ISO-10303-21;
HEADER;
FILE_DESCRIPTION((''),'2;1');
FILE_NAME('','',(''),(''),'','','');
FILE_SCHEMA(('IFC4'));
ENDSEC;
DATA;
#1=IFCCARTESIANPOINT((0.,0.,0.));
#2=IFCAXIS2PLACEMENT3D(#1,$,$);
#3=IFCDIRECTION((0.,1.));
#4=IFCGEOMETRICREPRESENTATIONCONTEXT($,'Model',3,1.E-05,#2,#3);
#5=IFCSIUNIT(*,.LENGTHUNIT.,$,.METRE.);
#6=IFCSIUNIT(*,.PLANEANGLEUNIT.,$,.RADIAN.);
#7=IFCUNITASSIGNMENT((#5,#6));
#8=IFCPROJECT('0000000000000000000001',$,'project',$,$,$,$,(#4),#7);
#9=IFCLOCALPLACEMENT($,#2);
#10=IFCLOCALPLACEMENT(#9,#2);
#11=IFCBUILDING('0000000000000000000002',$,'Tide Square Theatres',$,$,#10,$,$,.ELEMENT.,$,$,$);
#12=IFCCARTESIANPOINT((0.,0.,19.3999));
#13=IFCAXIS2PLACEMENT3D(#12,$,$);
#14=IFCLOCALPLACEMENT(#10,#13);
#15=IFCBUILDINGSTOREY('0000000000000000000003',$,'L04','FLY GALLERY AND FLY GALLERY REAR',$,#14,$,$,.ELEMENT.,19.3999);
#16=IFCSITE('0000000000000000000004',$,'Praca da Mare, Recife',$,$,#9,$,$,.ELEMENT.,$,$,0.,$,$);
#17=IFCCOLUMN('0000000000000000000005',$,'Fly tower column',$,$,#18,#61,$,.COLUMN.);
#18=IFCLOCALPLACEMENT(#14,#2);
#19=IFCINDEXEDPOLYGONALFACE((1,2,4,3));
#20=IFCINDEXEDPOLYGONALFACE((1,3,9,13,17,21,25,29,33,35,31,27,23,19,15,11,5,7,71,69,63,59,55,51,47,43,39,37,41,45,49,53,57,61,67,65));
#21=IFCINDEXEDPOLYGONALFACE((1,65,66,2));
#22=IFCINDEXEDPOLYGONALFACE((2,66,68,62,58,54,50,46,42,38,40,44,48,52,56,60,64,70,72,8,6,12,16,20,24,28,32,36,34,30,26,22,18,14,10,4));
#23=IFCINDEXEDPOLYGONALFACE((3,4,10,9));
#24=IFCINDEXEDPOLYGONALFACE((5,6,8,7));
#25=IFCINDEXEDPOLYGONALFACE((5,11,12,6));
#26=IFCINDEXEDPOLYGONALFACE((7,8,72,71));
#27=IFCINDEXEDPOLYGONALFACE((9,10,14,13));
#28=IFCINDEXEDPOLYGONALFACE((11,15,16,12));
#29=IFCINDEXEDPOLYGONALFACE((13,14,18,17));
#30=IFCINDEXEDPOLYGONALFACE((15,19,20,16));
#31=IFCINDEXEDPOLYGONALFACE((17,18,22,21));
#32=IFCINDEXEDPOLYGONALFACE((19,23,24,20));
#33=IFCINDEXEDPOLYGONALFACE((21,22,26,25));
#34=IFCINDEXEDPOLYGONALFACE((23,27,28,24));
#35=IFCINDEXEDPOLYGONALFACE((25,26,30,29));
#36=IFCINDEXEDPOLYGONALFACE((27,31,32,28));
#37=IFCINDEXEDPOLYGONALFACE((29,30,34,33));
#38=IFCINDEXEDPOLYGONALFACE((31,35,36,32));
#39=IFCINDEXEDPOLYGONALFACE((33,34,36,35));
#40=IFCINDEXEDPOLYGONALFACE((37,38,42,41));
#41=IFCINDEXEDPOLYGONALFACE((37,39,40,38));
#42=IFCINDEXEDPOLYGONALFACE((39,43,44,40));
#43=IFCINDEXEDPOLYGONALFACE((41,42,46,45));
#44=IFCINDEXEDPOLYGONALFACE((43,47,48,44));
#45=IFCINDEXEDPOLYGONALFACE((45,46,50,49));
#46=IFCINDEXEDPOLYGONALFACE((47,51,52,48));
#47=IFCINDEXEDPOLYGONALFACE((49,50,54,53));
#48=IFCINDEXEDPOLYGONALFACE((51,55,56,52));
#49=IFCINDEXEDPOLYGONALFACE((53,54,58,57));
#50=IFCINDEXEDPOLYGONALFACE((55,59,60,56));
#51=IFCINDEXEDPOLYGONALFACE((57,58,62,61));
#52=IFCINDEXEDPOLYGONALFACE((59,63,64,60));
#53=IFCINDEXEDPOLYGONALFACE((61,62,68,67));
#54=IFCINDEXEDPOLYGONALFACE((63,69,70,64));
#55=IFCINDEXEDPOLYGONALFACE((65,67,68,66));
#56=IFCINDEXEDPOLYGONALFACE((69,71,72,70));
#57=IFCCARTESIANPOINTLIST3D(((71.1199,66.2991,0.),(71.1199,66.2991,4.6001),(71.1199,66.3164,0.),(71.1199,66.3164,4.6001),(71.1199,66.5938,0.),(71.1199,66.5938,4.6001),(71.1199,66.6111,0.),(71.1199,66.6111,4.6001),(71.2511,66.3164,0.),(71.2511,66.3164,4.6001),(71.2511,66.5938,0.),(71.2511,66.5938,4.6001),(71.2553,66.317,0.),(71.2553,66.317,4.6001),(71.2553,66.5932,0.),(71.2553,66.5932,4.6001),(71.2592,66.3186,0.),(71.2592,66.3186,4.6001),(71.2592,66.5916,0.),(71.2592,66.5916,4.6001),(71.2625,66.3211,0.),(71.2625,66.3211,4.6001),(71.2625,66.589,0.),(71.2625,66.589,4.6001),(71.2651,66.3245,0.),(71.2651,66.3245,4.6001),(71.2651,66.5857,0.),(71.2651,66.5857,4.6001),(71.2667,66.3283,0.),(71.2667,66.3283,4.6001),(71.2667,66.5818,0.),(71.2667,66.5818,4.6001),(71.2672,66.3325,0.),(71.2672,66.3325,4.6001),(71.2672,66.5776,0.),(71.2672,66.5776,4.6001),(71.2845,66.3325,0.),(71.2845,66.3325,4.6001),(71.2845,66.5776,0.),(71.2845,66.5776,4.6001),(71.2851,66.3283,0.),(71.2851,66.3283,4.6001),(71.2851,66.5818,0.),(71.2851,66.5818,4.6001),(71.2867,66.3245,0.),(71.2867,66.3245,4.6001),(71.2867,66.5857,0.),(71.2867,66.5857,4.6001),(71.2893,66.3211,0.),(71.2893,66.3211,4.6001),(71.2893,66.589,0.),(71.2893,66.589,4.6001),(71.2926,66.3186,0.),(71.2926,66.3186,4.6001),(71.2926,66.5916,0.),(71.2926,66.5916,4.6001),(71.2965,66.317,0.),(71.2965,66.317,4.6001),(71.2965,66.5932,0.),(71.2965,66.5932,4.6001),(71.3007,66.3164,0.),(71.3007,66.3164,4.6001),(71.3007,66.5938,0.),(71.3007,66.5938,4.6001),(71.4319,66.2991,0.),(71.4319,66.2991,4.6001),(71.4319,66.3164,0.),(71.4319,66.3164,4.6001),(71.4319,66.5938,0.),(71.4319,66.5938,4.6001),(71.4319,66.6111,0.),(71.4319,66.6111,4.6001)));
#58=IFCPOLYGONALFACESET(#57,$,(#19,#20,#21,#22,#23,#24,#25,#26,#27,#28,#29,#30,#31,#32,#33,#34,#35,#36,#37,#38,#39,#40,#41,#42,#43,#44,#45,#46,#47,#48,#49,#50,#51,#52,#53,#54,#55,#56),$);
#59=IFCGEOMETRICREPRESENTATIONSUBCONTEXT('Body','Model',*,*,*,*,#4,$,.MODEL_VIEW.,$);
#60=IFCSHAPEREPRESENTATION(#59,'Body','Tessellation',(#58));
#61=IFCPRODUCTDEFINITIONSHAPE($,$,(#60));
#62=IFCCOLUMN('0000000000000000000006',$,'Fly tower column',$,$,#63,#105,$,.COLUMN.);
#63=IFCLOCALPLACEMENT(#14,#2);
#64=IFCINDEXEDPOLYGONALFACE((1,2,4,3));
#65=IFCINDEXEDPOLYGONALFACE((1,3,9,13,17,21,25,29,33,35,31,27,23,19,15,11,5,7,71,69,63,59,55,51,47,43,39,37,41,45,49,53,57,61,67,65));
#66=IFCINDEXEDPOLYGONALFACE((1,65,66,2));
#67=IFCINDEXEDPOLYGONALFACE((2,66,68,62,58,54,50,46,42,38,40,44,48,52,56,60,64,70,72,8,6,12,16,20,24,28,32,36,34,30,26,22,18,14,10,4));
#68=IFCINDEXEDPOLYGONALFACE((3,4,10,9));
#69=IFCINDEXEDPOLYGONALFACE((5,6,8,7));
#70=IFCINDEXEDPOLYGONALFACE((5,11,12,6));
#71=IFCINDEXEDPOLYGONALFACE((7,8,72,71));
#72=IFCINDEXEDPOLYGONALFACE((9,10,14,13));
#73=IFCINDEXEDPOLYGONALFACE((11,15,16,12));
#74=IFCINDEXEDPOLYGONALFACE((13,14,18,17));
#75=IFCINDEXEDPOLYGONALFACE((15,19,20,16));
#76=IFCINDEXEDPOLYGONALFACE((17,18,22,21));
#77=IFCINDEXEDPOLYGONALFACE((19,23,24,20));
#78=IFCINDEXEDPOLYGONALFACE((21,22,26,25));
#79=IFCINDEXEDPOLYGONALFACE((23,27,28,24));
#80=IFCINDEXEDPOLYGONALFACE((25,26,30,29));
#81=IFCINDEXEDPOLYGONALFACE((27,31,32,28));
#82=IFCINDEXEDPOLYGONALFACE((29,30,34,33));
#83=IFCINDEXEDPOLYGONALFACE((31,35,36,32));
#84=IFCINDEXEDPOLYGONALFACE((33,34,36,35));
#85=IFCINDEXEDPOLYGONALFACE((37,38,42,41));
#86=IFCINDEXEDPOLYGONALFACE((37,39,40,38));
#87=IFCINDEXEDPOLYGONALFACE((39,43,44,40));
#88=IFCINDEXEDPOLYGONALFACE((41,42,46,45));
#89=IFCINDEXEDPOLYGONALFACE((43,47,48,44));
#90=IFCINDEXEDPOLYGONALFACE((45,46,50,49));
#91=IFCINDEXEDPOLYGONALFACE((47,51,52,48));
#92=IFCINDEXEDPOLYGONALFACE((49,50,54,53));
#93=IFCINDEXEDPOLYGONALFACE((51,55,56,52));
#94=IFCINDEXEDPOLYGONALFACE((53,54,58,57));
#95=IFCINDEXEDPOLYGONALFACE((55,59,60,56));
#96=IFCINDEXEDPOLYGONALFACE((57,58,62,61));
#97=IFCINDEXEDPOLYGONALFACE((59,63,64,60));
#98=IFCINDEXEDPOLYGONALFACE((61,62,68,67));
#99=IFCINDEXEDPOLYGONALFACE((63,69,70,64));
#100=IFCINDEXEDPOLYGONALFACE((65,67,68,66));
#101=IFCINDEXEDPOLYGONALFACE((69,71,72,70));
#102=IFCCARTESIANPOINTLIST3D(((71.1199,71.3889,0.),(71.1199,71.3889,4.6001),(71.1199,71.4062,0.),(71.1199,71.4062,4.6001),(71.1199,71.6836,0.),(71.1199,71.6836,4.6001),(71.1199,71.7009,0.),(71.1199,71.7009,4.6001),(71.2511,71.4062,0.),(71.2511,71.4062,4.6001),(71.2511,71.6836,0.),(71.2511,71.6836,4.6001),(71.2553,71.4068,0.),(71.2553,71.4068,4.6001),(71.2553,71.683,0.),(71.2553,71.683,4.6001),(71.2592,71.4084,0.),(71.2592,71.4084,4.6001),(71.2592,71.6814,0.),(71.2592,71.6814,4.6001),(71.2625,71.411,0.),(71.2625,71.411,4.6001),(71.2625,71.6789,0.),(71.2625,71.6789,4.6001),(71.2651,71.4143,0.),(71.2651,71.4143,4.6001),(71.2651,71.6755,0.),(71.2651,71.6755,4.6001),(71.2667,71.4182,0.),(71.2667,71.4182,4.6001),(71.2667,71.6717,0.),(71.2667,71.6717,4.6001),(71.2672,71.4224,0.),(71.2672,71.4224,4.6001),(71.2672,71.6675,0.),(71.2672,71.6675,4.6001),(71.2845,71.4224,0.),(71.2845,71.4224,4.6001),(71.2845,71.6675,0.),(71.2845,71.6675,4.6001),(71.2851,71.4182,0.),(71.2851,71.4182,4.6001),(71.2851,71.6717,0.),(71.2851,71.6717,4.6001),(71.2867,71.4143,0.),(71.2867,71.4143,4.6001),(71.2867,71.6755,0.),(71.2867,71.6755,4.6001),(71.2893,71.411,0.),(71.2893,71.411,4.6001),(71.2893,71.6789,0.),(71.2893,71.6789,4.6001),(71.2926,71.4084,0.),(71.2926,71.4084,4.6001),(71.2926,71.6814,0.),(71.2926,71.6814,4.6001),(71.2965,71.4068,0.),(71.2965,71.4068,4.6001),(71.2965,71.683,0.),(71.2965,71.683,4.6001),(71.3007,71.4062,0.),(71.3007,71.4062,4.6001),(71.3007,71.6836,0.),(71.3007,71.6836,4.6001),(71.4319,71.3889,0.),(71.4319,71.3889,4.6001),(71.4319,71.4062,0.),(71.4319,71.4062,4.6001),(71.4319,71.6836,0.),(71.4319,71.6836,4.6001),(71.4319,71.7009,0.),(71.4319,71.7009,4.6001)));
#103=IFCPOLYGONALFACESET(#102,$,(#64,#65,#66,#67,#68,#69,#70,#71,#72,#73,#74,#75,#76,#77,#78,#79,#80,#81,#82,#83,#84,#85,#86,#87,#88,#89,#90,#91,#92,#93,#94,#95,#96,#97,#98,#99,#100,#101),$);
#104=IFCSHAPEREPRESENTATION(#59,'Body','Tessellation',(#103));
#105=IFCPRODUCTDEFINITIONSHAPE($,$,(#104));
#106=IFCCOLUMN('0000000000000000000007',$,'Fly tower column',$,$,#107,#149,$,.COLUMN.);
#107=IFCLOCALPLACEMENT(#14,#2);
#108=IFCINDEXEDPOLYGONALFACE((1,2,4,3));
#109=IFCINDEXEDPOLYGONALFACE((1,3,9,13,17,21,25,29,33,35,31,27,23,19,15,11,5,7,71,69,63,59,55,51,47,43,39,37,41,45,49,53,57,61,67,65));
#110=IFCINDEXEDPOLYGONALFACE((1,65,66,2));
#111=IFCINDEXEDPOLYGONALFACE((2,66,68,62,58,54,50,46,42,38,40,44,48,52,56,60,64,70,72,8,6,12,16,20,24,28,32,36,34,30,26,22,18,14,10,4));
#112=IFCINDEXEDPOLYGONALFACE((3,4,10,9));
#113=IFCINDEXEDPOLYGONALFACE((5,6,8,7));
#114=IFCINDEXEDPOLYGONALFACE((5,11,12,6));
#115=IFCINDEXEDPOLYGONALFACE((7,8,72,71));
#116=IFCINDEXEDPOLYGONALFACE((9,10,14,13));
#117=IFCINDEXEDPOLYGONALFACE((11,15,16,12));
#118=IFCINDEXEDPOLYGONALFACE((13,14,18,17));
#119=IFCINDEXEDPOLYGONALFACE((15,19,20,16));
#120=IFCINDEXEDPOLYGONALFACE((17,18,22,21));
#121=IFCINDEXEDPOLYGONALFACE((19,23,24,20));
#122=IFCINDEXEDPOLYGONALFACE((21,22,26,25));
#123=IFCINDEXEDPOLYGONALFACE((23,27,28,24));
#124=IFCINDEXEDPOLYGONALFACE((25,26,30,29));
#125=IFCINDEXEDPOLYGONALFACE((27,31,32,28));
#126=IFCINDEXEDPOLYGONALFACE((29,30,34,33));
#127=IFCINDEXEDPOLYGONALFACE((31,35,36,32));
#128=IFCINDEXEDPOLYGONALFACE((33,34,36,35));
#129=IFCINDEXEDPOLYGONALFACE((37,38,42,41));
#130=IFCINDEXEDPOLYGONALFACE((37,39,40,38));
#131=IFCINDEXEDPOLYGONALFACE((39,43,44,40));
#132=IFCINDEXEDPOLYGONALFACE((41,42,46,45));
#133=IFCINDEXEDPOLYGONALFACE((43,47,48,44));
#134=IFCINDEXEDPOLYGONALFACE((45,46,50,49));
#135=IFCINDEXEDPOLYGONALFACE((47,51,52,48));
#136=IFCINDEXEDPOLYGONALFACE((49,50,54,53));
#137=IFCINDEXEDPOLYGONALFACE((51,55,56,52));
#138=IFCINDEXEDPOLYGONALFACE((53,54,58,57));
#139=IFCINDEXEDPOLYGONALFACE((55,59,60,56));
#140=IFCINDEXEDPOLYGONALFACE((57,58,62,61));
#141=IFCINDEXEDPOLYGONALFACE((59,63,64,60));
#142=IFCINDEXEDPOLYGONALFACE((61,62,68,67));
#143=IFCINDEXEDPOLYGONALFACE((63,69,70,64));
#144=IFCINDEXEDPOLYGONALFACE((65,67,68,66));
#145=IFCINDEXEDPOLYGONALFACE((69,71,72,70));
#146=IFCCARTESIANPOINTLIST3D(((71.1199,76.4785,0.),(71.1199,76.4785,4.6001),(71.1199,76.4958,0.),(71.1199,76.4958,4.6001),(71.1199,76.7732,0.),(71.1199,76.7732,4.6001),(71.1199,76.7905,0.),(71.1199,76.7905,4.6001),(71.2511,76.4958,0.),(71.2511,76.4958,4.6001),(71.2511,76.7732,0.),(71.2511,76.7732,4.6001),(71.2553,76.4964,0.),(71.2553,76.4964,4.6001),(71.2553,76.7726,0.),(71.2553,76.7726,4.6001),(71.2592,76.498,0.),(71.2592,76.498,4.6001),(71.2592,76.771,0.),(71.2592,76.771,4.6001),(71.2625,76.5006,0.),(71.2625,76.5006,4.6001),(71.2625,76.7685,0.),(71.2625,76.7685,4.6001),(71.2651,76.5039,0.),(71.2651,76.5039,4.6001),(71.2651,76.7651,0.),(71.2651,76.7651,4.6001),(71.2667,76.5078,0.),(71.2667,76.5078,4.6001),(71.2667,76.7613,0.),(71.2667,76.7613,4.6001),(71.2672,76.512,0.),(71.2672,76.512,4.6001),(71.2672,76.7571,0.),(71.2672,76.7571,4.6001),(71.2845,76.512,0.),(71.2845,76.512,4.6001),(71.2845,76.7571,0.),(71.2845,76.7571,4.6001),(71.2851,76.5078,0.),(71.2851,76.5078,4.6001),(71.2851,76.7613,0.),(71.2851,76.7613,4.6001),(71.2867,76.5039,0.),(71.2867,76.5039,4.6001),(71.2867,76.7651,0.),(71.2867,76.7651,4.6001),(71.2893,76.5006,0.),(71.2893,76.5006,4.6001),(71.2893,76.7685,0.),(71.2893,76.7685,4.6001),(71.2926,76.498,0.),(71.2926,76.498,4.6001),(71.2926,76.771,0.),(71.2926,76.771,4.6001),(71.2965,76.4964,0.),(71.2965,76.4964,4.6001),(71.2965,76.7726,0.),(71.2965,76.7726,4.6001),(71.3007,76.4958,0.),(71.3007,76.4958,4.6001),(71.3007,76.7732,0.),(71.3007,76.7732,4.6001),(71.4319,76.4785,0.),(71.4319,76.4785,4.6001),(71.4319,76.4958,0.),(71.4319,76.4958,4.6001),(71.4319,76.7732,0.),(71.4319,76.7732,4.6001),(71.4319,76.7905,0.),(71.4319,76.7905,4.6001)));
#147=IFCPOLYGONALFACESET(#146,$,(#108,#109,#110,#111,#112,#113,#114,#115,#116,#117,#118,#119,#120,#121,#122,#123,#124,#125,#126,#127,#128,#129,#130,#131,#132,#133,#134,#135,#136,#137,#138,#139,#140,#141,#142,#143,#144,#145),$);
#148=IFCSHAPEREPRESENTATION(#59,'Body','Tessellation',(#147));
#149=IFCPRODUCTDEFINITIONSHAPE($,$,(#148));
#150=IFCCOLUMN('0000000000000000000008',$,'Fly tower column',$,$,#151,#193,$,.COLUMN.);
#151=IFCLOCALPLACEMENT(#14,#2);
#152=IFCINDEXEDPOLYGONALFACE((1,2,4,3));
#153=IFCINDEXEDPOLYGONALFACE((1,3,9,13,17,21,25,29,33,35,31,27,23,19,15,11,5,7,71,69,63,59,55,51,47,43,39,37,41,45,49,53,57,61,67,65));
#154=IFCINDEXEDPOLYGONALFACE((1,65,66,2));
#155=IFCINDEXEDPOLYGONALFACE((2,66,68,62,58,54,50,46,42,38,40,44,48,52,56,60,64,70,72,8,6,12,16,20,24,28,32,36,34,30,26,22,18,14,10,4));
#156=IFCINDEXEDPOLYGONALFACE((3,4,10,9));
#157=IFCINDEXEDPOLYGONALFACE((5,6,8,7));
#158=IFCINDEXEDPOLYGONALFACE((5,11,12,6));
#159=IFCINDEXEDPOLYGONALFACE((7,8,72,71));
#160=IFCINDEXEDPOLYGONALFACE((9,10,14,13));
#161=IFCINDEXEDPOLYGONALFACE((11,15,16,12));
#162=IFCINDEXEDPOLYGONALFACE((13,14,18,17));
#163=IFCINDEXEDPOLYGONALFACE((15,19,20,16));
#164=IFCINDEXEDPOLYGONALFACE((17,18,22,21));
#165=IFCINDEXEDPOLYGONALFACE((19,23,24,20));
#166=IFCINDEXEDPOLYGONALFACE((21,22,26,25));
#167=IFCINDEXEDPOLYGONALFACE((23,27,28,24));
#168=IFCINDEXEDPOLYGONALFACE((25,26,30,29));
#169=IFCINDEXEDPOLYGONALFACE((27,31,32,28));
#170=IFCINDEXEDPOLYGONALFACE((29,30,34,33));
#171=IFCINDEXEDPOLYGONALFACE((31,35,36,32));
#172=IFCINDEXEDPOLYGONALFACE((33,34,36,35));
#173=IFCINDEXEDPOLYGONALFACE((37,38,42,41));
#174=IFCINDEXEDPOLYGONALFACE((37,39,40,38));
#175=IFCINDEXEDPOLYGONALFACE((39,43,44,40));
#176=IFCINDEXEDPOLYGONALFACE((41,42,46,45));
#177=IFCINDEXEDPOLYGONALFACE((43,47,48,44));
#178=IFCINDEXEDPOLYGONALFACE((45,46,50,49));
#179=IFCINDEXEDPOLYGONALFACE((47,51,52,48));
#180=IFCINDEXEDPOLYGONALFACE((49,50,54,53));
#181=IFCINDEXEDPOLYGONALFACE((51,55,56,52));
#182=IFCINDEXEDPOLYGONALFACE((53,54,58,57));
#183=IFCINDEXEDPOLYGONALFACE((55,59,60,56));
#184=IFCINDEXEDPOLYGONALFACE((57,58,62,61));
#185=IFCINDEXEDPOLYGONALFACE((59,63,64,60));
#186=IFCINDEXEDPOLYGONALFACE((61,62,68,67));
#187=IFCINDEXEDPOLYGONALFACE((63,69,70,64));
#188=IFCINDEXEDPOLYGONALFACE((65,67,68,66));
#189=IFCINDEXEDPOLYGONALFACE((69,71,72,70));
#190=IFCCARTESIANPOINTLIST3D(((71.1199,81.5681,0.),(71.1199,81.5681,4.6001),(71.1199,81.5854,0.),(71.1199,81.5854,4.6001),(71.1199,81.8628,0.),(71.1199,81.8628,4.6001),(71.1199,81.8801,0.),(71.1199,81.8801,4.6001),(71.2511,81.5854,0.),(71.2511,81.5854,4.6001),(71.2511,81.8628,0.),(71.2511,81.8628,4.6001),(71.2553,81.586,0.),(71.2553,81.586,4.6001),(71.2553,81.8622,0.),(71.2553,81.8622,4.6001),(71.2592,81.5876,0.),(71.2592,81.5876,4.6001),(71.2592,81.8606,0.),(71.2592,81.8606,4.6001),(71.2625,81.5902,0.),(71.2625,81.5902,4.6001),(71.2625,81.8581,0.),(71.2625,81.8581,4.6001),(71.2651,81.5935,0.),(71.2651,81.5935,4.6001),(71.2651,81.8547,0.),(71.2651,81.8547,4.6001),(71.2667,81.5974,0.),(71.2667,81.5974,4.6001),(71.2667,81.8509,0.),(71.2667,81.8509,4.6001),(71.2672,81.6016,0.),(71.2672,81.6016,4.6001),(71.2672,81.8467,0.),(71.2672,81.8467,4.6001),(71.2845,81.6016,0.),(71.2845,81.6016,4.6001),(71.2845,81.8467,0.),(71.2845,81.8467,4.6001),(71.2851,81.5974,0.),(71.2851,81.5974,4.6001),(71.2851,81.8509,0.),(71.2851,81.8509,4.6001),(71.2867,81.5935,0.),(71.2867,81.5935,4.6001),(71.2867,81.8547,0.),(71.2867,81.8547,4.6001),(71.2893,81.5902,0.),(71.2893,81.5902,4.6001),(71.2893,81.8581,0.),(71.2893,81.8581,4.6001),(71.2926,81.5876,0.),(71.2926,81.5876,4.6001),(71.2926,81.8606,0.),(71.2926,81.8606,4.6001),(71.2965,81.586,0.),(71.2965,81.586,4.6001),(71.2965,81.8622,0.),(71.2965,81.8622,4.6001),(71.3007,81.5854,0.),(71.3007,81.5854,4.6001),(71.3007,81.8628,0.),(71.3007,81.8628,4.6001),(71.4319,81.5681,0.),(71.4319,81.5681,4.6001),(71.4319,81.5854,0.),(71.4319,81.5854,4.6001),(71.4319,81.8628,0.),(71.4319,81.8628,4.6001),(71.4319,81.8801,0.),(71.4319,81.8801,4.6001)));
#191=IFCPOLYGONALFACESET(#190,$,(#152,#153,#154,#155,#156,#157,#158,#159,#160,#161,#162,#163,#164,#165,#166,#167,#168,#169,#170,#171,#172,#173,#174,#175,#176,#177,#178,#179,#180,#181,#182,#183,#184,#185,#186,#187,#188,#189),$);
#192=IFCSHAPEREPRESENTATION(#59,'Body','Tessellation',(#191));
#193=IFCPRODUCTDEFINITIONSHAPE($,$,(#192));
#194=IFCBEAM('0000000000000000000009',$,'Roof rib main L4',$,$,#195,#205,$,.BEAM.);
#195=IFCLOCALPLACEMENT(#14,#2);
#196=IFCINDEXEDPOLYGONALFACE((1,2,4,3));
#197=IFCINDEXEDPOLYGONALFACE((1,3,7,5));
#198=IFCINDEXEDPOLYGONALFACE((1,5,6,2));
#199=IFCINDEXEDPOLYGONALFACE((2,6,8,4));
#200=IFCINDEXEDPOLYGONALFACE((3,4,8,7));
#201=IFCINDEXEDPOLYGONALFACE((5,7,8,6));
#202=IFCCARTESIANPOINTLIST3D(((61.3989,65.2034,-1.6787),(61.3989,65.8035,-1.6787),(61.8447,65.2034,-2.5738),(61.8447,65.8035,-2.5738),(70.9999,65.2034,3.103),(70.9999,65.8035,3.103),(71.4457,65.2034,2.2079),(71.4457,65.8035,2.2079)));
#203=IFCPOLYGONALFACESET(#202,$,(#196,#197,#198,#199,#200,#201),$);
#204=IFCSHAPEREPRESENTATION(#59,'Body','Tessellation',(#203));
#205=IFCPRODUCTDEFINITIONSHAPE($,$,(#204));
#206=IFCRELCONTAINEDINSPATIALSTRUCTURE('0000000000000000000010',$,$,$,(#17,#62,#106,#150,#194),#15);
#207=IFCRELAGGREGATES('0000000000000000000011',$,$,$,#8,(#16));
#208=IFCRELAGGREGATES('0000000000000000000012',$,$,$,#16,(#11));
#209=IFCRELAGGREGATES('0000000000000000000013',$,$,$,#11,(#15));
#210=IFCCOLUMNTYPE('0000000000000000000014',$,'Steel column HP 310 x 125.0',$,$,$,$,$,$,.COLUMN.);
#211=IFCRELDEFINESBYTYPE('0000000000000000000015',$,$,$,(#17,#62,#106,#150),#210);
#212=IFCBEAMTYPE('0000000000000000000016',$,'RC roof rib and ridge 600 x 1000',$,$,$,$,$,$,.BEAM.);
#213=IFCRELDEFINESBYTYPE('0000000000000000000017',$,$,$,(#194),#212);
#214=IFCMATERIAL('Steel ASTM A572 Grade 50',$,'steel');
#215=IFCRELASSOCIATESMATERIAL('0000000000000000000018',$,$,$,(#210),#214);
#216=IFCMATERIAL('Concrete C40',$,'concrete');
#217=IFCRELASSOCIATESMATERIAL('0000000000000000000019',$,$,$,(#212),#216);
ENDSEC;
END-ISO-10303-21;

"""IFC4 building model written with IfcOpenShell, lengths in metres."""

from ifc_helpers import new_model, si_unit, direction, frame, origin, origin_2d, place, context, subcontext, project, spatial, rectangle, i_section, extrude, material, material_profile, profile_set, type_object, element, save


model = new_model("IFC4")

# Units and contexts
model_context = context("Model", 3, precision=1e-05, world=origin(), true_north=direction((0.0, 1.0)))
body_context = subcontext(model_context, "Body", "Model", "MODEL_VIEW")
ifc_project = project(units=[si_unit("LENGTHUNIT", "METRE"), si_unit("PLANEANGLEUNIT", "RADIAN")], contexts=[model_context])

# Site, building, storey
site_placement = place(None, origin())
site = spatial("IfcSite", under=ifc_project, at=site_placement, Name="Praca da Mare, Recife", CompositionType="ELEMENT", RefElevation=0.0)
building_placement = place(site_placement, origin())
building = spatial("IfcBuilding", under=site, at=building_placement, Name="Tide Square Theatres", CompositionType="ELEMENT")
storey_placement = place(building_placement, frame((0.0, 0.0, 19.3999)))
storey = spatial("IfcBuildingStorey", under=building, at=storey_placement, Name="L04", Description="FLY GALLERY AND FLY GALLERY REAR", CompositionType="ELEMENT", Elevation=19.3999)

# Columns
ifc_material_1 = material(Name="Steel ASTM A572 Grade 50", Category="steel")
ifc_material_profile_1 = material_profile(ifc_material_1, i_section(OverallWidth=0.312, OverallDepth=0.312, WebThickness=0.0173, FlangeThickness=0.0173, FilletRadius=0.0161, at=origin_2d()))
ifc_profile_set_1 = profile_set([ifc_material_profile_1], Name="Steel ASTM A572 Grade 50")
column_type = type_object("IfcColumnType", Name="Steel column HP 310 x 125.0", PredefinedType="COLUMN", material=ifc_profile_set_1)
for number, where, z_axis, x_axis, name in (
    (1, (71.2759, 66.4551, 0.0), (0.0, 0.0, 1.0), (1.0, 0.0, 0.0), "Fly tower column"),
    (2, (71.2759, 71.5449, 0.0), (0.0, 0.0, 1.0), (1.0, 0.0, 0.0), "Fly tower column"),
    (3, (71.2759, 76.6345, 0.0), (0.0, 0.0, 1.0), (1.0, 0.0, 0.0), "Fly tower column"),
    (4, (71.2759, 81.7241, 0.0), (0.0, 0.0, 1.0), (1.0, 0.0, 0.0), "Fly tower column"),
):
    element("IfcColumn", number, at=place(storey_placement, frame(where, z_axis=z_axis, x_axis=x_axis)), inside=storey, type_object=column_type, Name=name, PredefinedType="COLUMN", context=body_context, shape_type="SweptSolid", body=[
        extrude(i_section(OverallWidth=0.312, OverallDepth=0.312, WebThickness=0.0173, FlangeThickness=0.0173, FilletRadius=0.0161, at=origin_2d()), origin(), (0.0, 0.0, 1.0), 4.6001),
    ])

# Beam
ifc_material_2 = material(Name="Concrete C40", Category="concrete")
ifc_material_profile_2 = material_profile(ifc_material_2, rectangle(XDim=0.6001, YDim=1.0, at=origin_2d()))
ifc_profile_set_2 = profile_set([ifc_material_profile_2], Name="Concrete C40")
beam_type_1 = type_object("IfcBeamType", Name="RC roof rib and ridge 600 x 1000", PredefinedType="BEAM", material=ifc_profile_set_2)
beam_1_placement = place(storey_placement, frame((61.6218, 65.5034, -2.1262), z_axis=(0.895127, 0.0, 0.445811), x_axis=(0.0, 1.0, 0.0)))
element("IfcBeam", 5, at=beam_1_placement, inside=storey, type_object=beam_type_1, Name="Roof rib main L4", PredefinedType="BEAM", context=body_context, shape_type="SweptSolid", body=[
    extrude(rectangle(XDim=0.6001, YDim=1.0, at=origin_2d()), origin(), (0.0, 0.0, 1.0), 10.7258),
])

save(model, "model.ifc")
